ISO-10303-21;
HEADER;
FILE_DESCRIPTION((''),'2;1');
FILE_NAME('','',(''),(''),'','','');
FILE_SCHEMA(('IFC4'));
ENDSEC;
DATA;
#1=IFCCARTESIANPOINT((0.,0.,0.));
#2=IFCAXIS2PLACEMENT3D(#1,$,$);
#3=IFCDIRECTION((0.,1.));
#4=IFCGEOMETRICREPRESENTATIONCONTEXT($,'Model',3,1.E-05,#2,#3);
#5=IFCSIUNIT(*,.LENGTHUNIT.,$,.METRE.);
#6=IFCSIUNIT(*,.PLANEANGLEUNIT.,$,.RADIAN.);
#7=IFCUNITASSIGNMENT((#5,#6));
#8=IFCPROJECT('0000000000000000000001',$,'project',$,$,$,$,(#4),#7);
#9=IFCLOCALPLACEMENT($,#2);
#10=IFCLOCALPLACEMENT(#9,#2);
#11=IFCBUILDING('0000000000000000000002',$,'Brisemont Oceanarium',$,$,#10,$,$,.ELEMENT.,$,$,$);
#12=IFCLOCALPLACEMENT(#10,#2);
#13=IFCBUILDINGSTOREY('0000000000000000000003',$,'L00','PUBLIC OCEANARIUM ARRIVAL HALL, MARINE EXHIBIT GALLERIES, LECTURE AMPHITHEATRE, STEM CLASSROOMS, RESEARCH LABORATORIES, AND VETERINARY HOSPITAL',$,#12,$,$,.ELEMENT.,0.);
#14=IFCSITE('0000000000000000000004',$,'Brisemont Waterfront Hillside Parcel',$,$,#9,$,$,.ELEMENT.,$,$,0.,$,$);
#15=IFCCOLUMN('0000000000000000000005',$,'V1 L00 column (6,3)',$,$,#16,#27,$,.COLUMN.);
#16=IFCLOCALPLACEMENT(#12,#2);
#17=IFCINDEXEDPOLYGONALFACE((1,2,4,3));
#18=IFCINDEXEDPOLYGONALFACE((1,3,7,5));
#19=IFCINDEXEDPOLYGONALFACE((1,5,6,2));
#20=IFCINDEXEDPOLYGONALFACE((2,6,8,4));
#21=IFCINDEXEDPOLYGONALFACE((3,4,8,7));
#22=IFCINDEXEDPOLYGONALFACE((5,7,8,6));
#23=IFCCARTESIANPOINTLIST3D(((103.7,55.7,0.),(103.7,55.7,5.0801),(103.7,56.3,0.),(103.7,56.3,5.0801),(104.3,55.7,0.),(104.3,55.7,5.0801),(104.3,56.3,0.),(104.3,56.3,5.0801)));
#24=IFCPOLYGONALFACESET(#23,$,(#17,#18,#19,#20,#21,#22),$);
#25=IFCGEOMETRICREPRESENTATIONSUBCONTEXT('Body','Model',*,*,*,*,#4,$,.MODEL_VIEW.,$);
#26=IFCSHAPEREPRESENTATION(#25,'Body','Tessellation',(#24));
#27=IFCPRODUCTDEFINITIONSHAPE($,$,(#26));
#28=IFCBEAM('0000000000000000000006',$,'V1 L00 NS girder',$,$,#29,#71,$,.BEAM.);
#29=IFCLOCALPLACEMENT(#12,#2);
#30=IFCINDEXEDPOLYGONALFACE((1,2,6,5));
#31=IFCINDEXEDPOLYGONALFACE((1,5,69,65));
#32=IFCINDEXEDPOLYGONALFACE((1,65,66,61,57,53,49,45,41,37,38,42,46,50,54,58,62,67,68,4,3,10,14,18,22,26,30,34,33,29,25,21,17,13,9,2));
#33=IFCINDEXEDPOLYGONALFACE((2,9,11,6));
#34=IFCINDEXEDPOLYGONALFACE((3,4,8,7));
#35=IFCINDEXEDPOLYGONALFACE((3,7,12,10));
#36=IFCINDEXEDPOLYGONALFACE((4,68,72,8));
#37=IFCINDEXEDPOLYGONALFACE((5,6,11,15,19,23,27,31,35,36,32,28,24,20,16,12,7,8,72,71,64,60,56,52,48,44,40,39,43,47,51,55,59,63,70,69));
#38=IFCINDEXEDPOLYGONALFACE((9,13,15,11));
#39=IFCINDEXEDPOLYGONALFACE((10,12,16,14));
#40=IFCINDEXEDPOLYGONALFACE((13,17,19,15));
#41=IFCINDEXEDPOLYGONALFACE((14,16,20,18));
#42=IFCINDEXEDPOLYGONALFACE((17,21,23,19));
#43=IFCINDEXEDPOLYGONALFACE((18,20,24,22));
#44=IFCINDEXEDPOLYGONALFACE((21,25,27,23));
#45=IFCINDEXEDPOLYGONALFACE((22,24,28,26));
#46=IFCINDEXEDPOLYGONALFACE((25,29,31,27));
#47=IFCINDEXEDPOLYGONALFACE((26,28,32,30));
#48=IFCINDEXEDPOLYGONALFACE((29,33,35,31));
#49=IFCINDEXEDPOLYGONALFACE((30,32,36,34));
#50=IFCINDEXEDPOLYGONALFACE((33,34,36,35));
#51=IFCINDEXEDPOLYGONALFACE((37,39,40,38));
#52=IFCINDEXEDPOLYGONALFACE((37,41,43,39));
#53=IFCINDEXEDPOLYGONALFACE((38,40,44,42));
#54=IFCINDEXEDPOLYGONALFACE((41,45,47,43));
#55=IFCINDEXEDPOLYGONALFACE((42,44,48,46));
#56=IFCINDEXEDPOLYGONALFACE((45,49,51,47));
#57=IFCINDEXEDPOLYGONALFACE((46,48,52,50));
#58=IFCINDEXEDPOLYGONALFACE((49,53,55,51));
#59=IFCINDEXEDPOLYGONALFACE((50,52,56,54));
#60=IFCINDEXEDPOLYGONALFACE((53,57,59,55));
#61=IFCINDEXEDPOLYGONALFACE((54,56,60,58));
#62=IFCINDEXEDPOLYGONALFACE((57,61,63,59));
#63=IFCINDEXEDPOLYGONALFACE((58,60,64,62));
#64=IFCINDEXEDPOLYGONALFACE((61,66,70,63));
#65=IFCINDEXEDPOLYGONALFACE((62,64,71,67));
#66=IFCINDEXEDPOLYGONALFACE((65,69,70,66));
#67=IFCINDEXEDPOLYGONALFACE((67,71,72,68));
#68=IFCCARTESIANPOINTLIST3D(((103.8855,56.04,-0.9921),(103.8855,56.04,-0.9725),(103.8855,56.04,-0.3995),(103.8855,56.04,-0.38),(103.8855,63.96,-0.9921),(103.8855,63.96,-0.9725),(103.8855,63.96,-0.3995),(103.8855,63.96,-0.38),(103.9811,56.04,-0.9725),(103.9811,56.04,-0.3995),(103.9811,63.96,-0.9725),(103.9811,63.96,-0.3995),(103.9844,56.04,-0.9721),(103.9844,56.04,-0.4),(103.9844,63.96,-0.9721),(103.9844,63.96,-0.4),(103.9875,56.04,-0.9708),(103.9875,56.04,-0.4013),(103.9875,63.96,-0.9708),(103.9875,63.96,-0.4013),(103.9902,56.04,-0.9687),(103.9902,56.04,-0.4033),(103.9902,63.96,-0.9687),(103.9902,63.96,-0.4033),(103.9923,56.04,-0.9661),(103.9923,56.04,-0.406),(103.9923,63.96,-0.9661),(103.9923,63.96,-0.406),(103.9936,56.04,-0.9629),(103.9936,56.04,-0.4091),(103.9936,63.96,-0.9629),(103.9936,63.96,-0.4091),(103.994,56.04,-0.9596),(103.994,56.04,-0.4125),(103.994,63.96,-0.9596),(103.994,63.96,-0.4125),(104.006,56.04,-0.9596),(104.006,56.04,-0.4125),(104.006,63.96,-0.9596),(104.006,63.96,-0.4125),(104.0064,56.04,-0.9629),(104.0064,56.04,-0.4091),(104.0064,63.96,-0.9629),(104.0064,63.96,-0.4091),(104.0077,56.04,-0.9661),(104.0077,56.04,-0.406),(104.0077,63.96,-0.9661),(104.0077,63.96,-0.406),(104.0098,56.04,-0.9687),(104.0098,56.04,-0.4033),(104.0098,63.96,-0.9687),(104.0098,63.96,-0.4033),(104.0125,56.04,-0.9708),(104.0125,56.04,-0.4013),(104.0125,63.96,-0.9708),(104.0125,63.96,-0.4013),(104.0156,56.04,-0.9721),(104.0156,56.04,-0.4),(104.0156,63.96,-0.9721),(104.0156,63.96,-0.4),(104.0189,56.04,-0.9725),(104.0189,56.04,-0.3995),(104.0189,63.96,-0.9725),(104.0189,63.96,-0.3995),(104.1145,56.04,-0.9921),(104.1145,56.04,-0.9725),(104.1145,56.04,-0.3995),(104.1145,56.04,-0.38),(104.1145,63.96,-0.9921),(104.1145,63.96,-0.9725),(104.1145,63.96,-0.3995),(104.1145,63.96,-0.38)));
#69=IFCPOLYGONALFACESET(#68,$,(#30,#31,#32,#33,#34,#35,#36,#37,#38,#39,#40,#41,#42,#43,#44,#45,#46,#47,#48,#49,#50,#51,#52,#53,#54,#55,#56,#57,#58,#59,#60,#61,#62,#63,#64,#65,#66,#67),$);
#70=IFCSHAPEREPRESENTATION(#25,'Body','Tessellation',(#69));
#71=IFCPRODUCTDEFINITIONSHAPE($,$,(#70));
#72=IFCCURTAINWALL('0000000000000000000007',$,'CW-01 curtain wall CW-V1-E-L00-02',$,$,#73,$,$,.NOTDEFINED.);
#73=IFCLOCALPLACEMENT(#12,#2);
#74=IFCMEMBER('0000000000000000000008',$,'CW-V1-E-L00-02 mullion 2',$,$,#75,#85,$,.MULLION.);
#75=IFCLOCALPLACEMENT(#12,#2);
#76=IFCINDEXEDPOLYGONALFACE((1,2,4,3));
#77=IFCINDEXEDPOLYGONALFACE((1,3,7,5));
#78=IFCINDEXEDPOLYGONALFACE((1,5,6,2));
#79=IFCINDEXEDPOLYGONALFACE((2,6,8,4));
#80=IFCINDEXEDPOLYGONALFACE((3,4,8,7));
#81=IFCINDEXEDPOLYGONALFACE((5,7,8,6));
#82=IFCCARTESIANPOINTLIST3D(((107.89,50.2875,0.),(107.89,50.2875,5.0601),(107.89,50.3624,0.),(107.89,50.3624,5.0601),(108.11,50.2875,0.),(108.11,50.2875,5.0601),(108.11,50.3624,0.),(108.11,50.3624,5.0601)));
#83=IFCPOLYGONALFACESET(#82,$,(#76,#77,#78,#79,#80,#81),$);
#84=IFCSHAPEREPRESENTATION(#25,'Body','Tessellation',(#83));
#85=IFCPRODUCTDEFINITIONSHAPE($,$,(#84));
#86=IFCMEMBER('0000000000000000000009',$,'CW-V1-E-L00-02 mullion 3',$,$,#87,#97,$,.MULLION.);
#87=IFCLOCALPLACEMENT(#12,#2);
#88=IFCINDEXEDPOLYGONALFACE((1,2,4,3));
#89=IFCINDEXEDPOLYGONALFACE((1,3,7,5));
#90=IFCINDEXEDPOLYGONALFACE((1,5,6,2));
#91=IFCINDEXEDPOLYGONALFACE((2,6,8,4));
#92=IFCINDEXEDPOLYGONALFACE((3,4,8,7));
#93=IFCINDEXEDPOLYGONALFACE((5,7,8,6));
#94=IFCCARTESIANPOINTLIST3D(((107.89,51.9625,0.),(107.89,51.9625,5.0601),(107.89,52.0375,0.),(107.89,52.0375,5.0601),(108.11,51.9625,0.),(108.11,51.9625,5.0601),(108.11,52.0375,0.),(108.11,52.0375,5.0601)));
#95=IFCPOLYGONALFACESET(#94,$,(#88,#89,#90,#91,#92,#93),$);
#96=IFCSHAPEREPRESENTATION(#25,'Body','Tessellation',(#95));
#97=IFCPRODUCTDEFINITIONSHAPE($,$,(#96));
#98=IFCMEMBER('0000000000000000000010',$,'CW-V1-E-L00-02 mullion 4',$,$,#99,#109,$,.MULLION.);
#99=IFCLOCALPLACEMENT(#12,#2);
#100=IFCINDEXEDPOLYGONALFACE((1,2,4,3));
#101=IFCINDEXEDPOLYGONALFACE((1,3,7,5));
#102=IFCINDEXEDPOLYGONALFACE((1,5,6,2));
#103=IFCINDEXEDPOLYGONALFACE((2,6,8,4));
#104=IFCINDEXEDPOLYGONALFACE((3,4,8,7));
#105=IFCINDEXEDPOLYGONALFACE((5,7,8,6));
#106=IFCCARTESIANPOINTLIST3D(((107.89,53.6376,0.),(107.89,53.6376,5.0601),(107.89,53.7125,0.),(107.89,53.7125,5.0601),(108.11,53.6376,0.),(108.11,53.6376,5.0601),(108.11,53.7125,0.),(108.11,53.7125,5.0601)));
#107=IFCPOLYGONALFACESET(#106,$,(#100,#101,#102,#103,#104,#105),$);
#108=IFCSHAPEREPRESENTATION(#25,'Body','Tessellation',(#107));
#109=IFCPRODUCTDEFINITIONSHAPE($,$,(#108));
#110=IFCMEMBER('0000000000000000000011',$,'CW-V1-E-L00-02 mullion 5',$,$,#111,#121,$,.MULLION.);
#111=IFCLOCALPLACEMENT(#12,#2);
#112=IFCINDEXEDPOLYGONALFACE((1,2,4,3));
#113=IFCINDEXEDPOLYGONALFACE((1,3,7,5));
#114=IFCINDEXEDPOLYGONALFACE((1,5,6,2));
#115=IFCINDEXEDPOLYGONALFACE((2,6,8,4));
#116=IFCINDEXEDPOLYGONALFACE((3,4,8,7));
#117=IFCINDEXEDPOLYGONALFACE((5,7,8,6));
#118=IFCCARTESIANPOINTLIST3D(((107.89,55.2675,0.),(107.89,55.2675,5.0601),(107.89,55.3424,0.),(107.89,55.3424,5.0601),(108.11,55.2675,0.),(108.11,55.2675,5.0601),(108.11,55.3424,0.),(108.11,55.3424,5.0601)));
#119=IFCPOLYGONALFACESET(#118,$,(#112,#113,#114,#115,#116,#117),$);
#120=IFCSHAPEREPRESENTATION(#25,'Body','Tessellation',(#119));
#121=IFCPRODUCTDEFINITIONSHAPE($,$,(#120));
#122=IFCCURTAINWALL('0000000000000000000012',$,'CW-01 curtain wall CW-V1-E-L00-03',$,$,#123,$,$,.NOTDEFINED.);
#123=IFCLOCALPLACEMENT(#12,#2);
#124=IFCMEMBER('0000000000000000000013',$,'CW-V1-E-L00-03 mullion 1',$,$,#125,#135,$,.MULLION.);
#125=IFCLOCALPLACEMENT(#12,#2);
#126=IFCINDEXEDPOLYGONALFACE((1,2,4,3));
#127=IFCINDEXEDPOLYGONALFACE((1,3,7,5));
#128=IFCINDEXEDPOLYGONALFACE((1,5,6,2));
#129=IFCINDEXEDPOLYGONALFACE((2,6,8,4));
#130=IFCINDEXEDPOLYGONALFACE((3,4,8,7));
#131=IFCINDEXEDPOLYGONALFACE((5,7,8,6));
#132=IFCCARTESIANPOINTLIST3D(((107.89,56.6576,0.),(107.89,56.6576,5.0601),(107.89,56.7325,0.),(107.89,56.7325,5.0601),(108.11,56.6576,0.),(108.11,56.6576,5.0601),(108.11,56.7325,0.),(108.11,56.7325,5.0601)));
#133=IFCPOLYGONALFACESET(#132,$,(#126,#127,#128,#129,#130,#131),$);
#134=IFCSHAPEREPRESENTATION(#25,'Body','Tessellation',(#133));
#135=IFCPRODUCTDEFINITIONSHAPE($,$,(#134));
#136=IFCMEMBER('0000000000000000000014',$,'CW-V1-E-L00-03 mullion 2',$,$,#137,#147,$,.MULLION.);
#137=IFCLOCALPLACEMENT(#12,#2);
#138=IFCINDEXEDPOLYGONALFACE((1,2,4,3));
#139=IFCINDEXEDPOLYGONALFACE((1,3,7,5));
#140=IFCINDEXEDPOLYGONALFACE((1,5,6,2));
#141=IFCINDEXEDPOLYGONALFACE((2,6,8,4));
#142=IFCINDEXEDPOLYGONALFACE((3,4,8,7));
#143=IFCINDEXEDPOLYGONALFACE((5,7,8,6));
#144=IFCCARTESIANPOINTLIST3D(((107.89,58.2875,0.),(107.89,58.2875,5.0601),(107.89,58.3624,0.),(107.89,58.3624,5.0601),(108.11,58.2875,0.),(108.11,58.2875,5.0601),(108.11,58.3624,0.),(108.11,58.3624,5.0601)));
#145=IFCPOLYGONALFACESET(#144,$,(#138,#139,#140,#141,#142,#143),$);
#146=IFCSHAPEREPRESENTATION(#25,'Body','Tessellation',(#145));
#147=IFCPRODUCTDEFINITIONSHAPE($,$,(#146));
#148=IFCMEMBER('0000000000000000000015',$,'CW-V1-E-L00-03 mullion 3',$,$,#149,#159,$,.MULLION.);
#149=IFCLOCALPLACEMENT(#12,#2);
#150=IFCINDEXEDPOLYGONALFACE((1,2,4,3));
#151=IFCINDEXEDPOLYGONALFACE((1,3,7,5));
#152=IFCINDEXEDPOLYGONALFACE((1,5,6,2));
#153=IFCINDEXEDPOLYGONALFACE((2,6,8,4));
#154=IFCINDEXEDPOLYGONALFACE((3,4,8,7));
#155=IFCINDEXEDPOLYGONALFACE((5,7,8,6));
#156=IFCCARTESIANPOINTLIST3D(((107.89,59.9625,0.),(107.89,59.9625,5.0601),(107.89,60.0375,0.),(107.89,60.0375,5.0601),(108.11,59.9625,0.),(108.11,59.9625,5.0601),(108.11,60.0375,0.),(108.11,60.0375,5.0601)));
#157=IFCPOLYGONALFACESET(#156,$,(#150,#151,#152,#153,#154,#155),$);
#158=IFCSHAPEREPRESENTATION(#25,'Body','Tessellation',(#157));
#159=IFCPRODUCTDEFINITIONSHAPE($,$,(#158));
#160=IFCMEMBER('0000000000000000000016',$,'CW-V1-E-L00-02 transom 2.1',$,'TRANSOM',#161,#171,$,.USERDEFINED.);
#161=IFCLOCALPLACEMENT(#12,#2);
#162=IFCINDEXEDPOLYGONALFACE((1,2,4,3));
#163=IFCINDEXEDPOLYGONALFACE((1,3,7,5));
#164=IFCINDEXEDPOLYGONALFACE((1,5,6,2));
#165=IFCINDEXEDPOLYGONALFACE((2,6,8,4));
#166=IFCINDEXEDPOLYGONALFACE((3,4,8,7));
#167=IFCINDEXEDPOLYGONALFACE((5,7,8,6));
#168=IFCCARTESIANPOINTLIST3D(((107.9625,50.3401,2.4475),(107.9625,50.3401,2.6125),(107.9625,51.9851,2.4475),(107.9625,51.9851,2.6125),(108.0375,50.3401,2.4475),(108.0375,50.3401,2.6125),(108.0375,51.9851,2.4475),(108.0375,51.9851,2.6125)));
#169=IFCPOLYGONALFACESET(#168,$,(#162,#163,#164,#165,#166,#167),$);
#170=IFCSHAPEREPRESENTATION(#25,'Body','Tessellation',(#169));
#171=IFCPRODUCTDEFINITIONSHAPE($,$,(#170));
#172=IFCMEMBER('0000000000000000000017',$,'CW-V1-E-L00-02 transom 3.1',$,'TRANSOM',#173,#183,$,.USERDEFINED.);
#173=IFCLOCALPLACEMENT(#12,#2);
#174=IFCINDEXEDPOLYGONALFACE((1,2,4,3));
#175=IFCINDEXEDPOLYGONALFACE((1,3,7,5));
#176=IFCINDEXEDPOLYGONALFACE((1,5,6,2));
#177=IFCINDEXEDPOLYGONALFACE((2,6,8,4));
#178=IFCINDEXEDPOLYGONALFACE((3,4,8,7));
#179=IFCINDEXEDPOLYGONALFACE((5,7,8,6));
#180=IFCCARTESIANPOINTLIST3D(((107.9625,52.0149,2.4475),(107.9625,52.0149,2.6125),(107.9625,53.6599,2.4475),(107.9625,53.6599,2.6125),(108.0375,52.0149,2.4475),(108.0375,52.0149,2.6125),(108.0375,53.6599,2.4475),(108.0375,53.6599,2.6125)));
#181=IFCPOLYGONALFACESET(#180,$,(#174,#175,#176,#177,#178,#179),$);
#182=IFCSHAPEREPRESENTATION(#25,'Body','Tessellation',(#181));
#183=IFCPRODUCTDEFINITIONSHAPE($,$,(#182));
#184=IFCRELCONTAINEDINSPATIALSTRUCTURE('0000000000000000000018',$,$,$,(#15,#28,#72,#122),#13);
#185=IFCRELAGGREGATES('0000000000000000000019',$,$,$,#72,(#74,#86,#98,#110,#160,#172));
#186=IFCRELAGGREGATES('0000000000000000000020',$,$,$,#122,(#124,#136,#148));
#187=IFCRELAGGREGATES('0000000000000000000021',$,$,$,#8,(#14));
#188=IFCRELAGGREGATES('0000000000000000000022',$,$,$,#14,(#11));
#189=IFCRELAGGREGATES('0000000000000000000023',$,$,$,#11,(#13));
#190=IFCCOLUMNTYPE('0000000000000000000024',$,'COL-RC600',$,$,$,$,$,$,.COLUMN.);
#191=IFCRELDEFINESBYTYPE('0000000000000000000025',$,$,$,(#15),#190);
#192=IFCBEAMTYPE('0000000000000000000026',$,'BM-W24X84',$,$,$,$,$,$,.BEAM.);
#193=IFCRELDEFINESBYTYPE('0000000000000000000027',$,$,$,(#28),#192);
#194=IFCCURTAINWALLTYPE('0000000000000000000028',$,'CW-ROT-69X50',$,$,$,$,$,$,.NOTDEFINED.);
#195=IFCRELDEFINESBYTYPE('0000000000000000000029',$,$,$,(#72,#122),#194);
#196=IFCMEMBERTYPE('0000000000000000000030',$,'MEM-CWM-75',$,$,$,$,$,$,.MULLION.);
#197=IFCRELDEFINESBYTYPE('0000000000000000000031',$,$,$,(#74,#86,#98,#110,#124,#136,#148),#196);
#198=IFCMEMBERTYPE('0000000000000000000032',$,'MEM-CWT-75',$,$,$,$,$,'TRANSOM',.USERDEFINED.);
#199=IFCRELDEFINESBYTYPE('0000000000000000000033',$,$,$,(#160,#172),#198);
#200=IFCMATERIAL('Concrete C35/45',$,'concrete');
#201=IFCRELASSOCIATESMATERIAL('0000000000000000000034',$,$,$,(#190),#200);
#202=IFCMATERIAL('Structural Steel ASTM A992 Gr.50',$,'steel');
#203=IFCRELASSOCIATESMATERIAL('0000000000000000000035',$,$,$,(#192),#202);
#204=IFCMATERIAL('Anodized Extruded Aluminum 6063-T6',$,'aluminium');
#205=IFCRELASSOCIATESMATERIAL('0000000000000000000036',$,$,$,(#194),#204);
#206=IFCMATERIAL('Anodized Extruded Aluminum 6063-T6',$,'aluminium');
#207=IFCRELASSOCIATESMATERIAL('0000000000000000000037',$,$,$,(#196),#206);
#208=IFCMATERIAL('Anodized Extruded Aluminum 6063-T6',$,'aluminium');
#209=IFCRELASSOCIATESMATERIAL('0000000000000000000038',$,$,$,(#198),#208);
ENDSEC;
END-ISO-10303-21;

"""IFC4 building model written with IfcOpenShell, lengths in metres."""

from ifc_helpers import new_model, si_unit, direction, frame, origin, origin_2d, place, context, subcontext, project, spatial, rectangle, i_section, extrude, material, material_profile, profile_set, type_object, element, aggregate, save


model = new_model("IFC4")

# Units and contexts
model_context = context("Model", 3, precision=1e-05, world=origin(), true_north=direction((0.0, 1.0)))
body_context = subcontext(model_context, "Body", "Model", "MODEL_VIEW")
ifc_project = project(units=[si_unit("LENGTHUNIT", "METRE"), si_unit("PLANEANGLEUNIT", "RADIAN")], contexts=[model_context])

# Site, building, storey
site_placement = place(None, origin())
site = spatial("IfcSite", under=ifc_project, at=site_placement, Name="Brisemont Waterfront Hillside Parcel", CompositionType="ELEMENT", RefElevation=0.0)
building_placement = place(site_placement, origin())
building = spatial("IfcBuilding", under=site, at=building_placement, Name="Brisemont Oceanarium", CompositionType="ELEMENT")
storey_placement = place(building_placement, origin())
storey = spatial("IfcBuildingStorey", under=building, at=storey_placement, Name="L00", Description="PUBLIC OCEANARIUM ARRIVAL HALL, MARINE EXHIBIT GALLERIES, LECTURE AMPHITHEATRE, STEM CLASSROOMS, RESEARCH LABORATORIES, AND VETERINARY HOSPITAL", CompositionType="ELEMENT", Elevation=0.0)

# Column
ifc_material_1 = material(Name="Concrete C35/45", Category="concrete")
ifc_material_profile_1 = material_profile(ifc_material_1, rectangle(XDim=0.6001, YDim=0.6001, at=origin_2d()), Name="RC-COL-600X600")
ifc_profile_set_1 = profile_set([ifc_material_profile_1], Name="Concrete C35/45")
column_type = type_object("IfcColumnType", Name="COL-RC600", PredefinedType="COLUMN", material=ifc_profile_set_1)
column_placement = place(storey_placement, frame((104.0, 56.0, 0.0), z_axis=(0.0, 0.0, 1.0), x_axis=(0.0, 1.0, 0.0)))
element("IfcColumn", 1, at=column_placement, inside=storey, type_object=column_type, Name="V1 L00 column (6,3)", PredefinedType="COLUMN", context=body_context, shape_type="SweptSolid", body=[
    extrude(rectangle(XDim=0.6001, YDim=0.6001, at=origin_2d()), origin(), (0.0, 0.0, 1.0), 5.0801),
])

# Beam
ifc_material_2 = material(Name="Structural Steel ASTM A992 Gr.50", Category="steel")
ifc_material_profile_2 = material_profile(ifc_material_2, i_section(OverallWidth=0.229, OverallDepth=0.6121, WebThickness=0.012, FlangeThickness=0.0195, FilletRadius=0.0129, at=origin_2d()), Name="W24X84")
ifc_profile_set_2 = profile_set([ifc_material_profile_2], Name="Structural Steel ASTM A992 Gr.50")
beam_type = type_object("IfcBeamType", Name="BM-W24X84", PredefinedType="BEAM", material=ifc_profile_set_2)
beam_placement = place(storey_placement, frame((104.0, 56.04, -0.686), z_axis=(0.0, 1.0, 0.0), x_axis=(-1.0, 0.0, 0.0)))
element("IfcBeam", 2, at=beam_placement, inside=storey, type_object=beam_type, Name="V1 L00 NS girder", PredefinedType="BEAM", context=body_context, shape_type="SweptSolid", body=[
    extrude(i_section(OverallWidth=0.229, OverallDepth=0.6121, WebThickness=0.012, FlangeThickness=0.0195, FilletRadius=0.0129, at=origin_2d()), origin(), (0.0, 0.0, 1.0), 7.9199),
])

# Curtain walls, members
ifc_material_3 = material(Name="Anodized Extruded Aluminum 6063-T6", Category="aluminium")
curtain_wall_type = type_object("IfcCurtainWallType", Name="CW-ROT-69X50", PredefinedType="NOTDEFINED", material=ifc_material_3)
curtain_wall_1_placement = place(storey_placement, origin())
curtain_wall_1 = element("IfcCurtainWall", 3, at=curtain_wall_1_placement, inside=storey, type_object=curtain_wall_type, Name="CW-01 curtain wall CW-V1-E-L00-02", PredefinedType="NOTDEFINED")
ifc_material_4 = material(Name="Anodized Extruded Aluminum 6063-T6", Category="aluminium")
ifc_material_profile_3 = material_profile(ifc_material_4, rectangle(XDim=0.075, YDim=0.22, at=origin_2d()), Name="CWM-75X220")
ifc_profile_set_3 = profile_set([ifc_material_profile_3], Name="Anodized Extruded Aluminum 6063-T6")
member_type_1 = type_object("IfcMemberType", Name="MEM-CWM-75", PredefinedType="MULLION", material=ifc_profile_set_3)
member_1_placement = place(storey_placement, frame((108.0, 50.325, 0.0), z_axis=(0.0, 0.0, 1.0), x_axis=(0.0, 1.0, 0.0)))
member_1 = element("IfcMember", 4, at=member_1_placement, type_object=member_type_1, Name="CW-V1-E-L00-02 mullion 2", PredefinedType="MULLION", context=body_context, shape_type="SweptSolid", body=[
    extrude(rectangle(XDim=0.075, YDim=0.22, at=origin_2d()), origin(), (0.0, 0.0, 1.0), 5.0601),
])
member_2_placement = place(storey_placement, frame((108.0, 52.0, 0.0), z_axis=(0.0, 0.0, 1.0), x_axis=(0.0, 1.0, 0.0)))
member_2 = element("IfcMember", 5, at=member_2_placement, type_object=member_type_1, Name="CW-V1-E-L00-02 mullion 3", PredefinedType="MULLION", context=body_context, shape_type="SweptSolid", body=[
    extrude(rectangle(XDim=0.075, YDim=0.22, at=origin_2d()), origin(), (0.0, 0.0, 1.0), 5.0601),
])
member_3_placement = place(storey_placement, frame((108.0, 53.675, 0.0), z_axis=(0.0, 0.0, 1.0), x_axis=(0.0, 1.0, 0.0)))
member_3 = element("IfcMember", 6, at=member_3_placement, type_object=member_type_1, Name="CW-V1-E-L00-02 mullion 4", PredefinedType="MULLION", context=body_context, shape_type="SweptSolid", body=[
    extrude(rectangle(XDim=0.075, YDim=0.22, at=origin_2d()), origin(), (0.0, 0.0, 1.0), 5.0601),
])
member_4_placement = place(storey_placement, frame((108.0, 55.3049, 0.0), z_axis=(0.0, 0.0, 1.0), x_axis=(0.0, 1.0, 0.0)))
member_4 = element("IfcMember", 7, at=member_4_placement, type_object=member_type_1, Name="CW-V1-E-L00-02 mullion 5", PredefinedType="MULLION", context=body_context, shape_type="SweptSolid", body=[
    extrude(rectangle(XDim=0.075, YDim=0.22, at=origin_2d()), origin(), (0.0, 0.0, 1.0), 5.0601),
])
curtain_wall_2_placement = place(storey_placement, origin())
curtain_wall_2 = element("IfcCurtainWall", 8, at=curtain_wall_2_placement, inside=storey, type_object=curtain_wall_type, Name="CW-01 curtain wall CW-V1-E-L00-03", PredefinedType="NOTDEFINED")
member_5_placement = place(storey_placement, frame((108.0, 56.6951, 0.0), z_axis=(0.0, 0.0, 1.0), x_axis=(0.0, 1.0, 0.0)))
member_5 = element("IfcMember", 9, at=member_5_placement, type_object=member_type_1, Name="CW-V1-E-L00-03 mullion 1", PredefinedType="MULLION", context=body_context, shape_type="SweptSolid", body=[
    extrude(rectangle(XDim=0.075, YDim=0.22, at=origin_2d()), origin(), (0.0, 0.0, 1.0), 5.0601),
])
member_6_placement = place(storey_placement, frame((108.0, 58.325, 0.0), z_axis=(0.0, 0.0, 1.0), x_axis=(0.0, 1.0, 0.0)))
member_6 = element("IfcMember", 10, at=member_6_placement, type_object=member_type_1, Name="CW-V1-E-L00-03 mullion 2", PredefinedType="MULLION", context=body_context, shape_type="SweptSolid", body=[
    extrude(rectangle(XDim=0.075, YDim=0.22, at=origin_2d()), origin(), (0.0, 0.0, 1.0), 5.0601),
])
member_7_placement = place(storey_placement, frame((108.0, 60.0, 0.0), z_axis=(0.0, 0.0, 1.0), x_axis=(0.0, 1.0, 0.0)))
member_7 = element("IfcMember", 11, at=member_7_placement, type_object=member_type_1, Name="CW-V1-E-L00-03 mullion 3", PredefinedType="MULLION", context=body_context, shape_type="SweptSolid", body=[
    extrude(rectangle(XDim=0.075, YDim=0.22, at=origin_2d()), origin(), (0.0, 0.0, 1.0), 5.0601),
])

# Members
ifc_material_5 = material(Name="Anodized Extruded Aluminum 6063-T6", Category="aluminium")
ifc_material_profile_4 = material_profile(ifc_material_5, rectangle(XDim=0.075, YDim=0.165, at=origin_2d()), Name="CWT-75X165")
ifc_profile_set_4 = profile_set([ifc_material_profile_4], Name="Anodized Extruded Aluminum 6063-T6")
member_type_2 = type_object("IfcMemberType", Name="MEM-CWT-75", ElementType="TRANSOM", PredefinedType="USERDEFINED", material=ifc_profile_set_4)
member_8_placement = place(storey_placement, frame((108.0, 50.3401, 2.53), z_axis=(0.0, 1.0, 0.0), x_axis=(-1.0, 0.0, 0.0)))
member_8 = element("IfcMember", 12, at=member_8_placement, type_object=member_type_2, Name="CW-V1-E-L00-02 transom 2.1", ObjectType="TRANSOM", PredefinedType="USERDEFINED", context=body_context, shape_type="SweptSolid", body=[
    extrude(rectangle(XDim=0.075, YDim=0.165, at=origin_2d()), origin(), (0.0, 0.0, 1.0), 1.645),
])
member_9_placement = place(storey_placement, frame((108.0, 52.0149, 2.53), z_axis=(0.0, 1.0, 0.0), x_axis=(-1.0, 0.0, 0.0)))
member_9 = element("IfcMember", 13, at=member_9_placement, type_object=member_type_2, Name="CW-V1-E-L00-02 transom 3.1", ObjectType="TRANSOM", PredefinedType="USERDEFINED", context=body_context, shape_type="SweptSolid", body=[
    extrude(rectangle(XDim=0.075, YDim=0.165, at=origin_2d()), origin(), (0.0, 0.0, 1.0), 1.645),
])

aggregate(curtain_wall_1, [member_1, member_2, member_3, member_4, member_8, member_9])
aggregate(curtain_wall_2, [member_5, member_6, member_7])

save(model, "model.ifc")
